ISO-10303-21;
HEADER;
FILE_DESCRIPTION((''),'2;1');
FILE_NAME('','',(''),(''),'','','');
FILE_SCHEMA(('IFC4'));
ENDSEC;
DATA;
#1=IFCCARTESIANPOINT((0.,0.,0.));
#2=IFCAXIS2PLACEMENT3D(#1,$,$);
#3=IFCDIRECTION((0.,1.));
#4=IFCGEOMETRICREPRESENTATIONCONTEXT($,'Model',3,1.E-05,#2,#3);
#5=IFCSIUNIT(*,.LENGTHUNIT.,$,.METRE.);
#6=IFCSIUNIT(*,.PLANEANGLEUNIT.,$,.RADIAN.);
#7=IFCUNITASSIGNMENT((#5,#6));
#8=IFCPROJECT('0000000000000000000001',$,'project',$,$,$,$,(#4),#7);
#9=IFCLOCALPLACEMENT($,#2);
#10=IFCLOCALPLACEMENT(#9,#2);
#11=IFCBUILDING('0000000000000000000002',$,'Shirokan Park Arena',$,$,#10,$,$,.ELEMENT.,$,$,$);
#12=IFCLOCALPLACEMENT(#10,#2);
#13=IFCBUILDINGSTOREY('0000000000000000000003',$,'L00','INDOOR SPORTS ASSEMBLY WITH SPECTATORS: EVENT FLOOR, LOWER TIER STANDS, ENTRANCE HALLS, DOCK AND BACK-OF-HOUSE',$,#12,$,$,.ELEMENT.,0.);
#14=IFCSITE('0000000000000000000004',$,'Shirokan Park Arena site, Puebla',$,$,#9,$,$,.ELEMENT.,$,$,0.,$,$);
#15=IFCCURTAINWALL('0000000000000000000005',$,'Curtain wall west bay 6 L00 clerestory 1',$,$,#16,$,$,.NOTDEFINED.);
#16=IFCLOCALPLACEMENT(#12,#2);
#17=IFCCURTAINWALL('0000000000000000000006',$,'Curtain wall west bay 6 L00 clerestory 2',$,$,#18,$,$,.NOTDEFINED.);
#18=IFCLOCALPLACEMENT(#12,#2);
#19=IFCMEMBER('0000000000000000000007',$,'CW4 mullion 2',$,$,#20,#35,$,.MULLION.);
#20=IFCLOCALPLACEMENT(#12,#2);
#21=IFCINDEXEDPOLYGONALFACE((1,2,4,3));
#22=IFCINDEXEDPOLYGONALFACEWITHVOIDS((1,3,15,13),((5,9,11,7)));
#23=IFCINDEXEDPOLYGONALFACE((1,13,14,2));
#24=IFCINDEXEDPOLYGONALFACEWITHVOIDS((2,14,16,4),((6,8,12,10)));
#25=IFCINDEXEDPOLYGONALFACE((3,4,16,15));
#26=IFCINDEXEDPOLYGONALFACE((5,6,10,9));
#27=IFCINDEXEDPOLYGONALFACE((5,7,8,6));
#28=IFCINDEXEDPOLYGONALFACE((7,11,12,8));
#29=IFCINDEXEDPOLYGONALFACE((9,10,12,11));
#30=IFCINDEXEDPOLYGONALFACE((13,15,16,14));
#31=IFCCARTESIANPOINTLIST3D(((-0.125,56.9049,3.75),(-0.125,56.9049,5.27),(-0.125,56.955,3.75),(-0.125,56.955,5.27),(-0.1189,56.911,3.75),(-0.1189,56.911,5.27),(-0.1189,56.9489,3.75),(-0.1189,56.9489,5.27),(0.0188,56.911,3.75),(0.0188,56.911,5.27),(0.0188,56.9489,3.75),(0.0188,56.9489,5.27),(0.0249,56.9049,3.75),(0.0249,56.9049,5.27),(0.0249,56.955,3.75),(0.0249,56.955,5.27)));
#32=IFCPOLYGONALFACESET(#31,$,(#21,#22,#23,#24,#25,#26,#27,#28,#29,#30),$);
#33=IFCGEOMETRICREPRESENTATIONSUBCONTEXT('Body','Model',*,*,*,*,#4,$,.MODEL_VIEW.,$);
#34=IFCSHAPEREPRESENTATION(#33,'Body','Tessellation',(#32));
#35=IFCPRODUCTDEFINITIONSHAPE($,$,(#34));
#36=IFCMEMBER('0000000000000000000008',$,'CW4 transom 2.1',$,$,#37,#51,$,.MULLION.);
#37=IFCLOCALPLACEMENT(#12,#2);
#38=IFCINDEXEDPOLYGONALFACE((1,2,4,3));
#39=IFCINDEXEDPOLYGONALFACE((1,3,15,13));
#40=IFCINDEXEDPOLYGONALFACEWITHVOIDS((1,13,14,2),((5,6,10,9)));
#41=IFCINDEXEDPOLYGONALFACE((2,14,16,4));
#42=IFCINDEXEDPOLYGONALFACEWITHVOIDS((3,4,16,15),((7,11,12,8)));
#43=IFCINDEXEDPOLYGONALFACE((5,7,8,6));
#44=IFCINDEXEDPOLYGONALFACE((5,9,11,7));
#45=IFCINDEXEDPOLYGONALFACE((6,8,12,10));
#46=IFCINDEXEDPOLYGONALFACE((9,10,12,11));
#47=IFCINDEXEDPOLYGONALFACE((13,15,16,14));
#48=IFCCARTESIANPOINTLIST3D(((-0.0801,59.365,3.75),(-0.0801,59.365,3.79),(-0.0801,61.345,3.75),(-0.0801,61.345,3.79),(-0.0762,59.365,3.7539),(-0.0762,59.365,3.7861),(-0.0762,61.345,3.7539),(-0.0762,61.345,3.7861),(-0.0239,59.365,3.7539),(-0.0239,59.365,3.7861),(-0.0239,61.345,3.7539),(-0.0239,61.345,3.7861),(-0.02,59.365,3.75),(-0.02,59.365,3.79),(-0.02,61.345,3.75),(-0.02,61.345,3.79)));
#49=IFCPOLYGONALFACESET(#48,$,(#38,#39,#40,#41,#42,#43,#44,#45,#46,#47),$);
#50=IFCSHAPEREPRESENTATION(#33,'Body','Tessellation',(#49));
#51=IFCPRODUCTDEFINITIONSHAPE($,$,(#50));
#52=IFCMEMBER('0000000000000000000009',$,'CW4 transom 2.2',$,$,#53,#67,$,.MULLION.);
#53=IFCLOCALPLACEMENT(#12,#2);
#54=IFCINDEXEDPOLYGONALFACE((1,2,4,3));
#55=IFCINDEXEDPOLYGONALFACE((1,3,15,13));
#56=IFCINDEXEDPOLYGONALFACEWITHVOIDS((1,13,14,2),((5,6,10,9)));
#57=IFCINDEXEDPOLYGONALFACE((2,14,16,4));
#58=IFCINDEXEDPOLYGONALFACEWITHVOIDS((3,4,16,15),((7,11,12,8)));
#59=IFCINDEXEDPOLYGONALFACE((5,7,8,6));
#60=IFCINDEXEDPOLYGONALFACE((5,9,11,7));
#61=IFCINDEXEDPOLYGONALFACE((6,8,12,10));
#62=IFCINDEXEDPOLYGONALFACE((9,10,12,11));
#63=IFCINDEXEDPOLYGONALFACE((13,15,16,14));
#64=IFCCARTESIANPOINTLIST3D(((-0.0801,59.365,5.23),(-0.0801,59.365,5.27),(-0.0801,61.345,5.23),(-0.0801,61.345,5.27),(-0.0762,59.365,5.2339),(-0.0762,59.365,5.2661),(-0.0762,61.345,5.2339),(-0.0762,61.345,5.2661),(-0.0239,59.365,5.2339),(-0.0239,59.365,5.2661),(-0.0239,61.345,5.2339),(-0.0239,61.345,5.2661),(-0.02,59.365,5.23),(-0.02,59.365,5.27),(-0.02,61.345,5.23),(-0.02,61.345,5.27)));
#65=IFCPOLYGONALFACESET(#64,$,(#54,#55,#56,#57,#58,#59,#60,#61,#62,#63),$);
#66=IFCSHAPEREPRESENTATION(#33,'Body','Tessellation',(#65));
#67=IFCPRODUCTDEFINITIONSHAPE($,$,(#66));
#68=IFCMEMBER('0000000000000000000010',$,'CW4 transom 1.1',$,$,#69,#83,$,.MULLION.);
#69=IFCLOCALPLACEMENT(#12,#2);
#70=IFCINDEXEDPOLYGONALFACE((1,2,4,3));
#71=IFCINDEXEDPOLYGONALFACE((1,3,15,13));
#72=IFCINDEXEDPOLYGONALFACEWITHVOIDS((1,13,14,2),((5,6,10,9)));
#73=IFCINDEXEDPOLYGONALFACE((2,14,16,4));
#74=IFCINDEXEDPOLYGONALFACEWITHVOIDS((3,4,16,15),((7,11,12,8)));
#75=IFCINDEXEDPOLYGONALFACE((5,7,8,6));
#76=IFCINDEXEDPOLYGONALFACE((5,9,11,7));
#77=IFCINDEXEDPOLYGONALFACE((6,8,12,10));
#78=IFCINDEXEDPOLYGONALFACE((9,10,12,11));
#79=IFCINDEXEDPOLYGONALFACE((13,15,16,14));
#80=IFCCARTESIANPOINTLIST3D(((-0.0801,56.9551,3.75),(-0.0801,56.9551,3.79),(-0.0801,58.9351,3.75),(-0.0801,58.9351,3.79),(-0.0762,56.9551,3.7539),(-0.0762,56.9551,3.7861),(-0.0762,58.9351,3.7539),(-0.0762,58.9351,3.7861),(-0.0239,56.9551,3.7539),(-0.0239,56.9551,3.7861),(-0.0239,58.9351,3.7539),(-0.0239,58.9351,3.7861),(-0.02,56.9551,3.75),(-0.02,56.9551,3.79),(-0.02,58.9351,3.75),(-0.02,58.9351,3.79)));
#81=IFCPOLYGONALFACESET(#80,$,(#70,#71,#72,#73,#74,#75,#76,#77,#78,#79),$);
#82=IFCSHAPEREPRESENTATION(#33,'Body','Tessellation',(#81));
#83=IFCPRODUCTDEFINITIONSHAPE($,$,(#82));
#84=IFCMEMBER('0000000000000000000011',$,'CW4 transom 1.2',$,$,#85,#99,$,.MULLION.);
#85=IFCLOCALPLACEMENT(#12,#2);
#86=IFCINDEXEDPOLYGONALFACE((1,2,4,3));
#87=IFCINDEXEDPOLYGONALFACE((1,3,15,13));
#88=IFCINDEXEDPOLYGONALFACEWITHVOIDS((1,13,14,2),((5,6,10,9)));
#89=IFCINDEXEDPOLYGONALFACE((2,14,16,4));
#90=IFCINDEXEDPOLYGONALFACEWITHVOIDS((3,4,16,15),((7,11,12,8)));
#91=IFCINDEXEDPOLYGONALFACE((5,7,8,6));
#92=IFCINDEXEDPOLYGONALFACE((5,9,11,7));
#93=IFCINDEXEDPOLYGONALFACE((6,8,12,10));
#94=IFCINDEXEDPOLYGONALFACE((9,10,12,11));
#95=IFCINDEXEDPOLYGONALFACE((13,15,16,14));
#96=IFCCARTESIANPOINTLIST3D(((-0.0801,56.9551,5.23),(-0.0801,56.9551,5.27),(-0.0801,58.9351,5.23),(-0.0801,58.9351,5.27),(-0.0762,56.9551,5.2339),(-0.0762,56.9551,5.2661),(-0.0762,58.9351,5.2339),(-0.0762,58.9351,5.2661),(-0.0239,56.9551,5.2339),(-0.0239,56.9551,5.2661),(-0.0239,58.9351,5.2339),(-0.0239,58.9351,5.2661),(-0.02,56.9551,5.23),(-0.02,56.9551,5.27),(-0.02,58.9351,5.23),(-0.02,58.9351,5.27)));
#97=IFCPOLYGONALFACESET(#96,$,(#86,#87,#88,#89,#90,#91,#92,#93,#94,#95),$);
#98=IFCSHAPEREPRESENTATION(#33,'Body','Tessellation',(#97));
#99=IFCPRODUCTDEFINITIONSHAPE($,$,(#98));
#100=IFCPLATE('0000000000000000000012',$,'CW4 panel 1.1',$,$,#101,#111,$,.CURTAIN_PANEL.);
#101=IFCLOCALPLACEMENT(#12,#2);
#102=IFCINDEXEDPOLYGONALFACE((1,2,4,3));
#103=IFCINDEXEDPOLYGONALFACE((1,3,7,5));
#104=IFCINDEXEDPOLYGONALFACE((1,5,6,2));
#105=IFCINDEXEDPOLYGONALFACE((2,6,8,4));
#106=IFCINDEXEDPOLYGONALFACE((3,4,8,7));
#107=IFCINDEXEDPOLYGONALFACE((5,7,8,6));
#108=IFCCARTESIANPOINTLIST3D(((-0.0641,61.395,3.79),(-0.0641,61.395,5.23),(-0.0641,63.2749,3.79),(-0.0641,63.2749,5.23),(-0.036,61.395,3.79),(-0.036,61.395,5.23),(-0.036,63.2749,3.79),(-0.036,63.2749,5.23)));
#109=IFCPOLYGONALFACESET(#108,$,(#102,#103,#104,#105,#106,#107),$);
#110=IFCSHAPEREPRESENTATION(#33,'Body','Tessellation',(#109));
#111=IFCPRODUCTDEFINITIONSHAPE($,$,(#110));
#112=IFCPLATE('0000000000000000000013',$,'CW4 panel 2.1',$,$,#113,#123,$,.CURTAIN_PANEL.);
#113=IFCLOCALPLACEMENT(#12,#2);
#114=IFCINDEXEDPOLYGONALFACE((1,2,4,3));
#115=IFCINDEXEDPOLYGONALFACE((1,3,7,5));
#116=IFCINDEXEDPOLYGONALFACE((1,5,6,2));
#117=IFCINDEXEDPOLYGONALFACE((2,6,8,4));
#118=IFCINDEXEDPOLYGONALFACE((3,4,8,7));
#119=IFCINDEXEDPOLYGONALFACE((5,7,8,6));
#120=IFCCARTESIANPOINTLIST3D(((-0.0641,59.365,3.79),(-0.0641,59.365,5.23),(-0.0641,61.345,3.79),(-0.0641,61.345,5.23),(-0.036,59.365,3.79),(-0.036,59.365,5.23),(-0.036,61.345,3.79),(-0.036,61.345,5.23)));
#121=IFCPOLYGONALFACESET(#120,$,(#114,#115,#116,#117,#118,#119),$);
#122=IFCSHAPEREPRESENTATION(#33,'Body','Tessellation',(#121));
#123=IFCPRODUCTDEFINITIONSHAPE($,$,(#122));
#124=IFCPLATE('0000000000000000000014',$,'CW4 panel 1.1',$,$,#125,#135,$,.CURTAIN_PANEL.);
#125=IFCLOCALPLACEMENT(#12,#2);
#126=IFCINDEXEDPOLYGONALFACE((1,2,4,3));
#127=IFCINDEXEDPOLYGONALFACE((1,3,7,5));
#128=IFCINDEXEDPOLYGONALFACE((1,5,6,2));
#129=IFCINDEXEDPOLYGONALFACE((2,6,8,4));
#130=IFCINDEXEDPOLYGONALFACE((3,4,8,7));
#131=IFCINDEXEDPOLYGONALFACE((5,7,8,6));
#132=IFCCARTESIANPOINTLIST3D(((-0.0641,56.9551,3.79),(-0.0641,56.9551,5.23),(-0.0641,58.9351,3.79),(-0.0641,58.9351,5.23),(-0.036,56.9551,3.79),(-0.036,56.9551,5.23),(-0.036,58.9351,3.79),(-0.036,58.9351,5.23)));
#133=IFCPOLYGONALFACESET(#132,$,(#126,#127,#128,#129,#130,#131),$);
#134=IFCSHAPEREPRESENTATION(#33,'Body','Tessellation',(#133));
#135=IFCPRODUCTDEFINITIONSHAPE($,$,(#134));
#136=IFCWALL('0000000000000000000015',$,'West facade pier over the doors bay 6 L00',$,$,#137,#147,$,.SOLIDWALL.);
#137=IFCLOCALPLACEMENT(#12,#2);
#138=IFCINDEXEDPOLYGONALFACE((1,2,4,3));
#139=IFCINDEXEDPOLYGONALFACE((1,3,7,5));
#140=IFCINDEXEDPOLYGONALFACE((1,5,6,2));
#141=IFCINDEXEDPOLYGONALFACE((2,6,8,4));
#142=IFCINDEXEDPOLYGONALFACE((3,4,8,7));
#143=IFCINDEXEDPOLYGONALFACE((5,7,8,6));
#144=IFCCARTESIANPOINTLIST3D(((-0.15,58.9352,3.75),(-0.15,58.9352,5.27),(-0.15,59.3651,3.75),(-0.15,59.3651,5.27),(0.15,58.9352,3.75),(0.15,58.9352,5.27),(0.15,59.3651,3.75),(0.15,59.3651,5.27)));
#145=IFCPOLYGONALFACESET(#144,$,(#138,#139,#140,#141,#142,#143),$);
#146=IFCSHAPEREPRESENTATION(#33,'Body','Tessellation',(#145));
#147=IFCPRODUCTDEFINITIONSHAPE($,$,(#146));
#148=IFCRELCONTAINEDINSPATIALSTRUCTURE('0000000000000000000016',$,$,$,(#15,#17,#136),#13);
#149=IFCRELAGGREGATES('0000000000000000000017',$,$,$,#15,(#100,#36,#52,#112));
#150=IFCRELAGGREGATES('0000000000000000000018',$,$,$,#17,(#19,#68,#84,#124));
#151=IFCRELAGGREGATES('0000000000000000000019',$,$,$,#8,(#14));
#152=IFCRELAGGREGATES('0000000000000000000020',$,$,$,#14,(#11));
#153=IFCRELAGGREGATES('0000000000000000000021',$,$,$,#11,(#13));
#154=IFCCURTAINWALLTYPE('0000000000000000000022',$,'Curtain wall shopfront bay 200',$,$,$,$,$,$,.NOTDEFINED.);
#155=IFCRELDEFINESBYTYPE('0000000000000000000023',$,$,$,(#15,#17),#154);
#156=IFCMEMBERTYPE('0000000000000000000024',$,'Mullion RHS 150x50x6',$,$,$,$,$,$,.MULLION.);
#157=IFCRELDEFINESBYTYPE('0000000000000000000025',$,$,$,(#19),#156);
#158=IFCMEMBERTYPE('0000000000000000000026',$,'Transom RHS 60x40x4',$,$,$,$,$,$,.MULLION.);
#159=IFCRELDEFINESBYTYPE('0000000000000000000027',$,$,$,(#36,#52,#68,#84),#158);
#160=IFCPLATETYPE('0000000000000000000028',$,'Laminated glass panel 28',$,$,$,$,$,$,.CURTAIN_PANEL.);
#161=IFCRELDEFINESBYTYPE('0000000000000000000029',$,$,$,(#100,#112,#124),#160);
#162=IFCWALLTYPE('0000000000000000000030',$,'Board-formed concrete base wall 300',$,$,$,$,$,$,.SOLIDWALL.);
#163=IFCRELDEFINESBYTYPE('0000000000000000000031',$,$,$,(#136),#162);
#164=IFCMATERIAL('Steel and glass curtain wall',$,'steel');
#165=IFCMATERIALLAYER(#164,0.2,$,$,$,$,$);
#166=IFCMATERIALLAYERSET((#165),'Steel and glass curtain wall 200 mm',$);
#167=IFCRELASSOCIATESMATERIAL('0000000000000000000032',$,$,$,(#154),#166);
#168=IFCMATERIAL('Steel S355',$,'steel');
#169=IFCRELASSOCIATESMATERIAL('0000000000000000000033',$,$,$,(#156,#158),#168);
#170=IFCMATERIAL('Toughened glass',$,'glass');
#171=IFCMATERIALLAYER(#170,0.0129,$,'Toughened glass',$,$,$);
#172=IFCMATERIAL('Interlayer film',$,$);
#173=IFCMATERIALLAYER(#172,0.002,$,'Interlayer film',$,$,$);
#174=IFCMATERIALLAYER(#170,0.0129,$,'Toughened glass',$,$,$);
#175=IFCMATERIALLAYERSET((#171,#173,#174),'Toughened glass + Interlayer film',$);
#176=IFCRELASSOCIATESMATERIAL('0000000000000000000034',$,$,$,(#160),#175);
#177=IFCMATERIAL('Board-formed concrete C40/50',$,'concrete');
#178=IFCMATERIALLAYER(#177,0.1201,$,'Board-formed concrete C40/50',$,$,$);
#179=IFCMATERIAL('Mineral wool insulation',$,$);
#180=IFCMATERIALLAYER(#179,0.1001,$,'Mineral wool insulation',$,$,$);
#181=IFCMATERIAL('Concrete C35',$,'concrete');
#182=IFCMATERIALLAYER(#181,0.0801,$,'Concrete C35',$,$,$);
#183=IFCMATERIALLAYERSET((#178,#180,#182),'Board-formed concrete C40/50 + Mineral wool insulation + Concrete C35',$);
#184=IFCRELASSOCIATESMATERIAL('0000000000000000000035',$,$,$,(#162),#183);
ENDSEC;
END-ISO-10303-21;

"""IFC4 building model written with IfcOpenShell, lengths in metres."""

from ifc_helpers import new_model, si_unit, direction, frame, frame_2d, origin, origin_2d, place, context, subcontext, project, spatial, rectangle, hollow_rectangle, extrude, material, layer, layer_set, material_profile, profile_set, type_object, element, aggregate, save


model = new_model("IFC4")

# Units and contexts
model_context = context("Model", 3, precision=1e-05, world=origin(), true_north=direction((0.0, 1.0)))
body_context = subcontext(model_context, "Body", "Model", "MODEL_VIEW")
ifc_project = project(units=[si_unit("LENGTHUNIT", "METRE"), si_unit("PLANEANGLEUNIT", "RADIAN")], contexts=[model_context])

# Site, building, storey
site_placement = place(None, origin())
site = spatial("IfcSite", under=ifc_project, at=site_placement, Name="Shirokan Park Arena site, Puebla", CompositionType="ELEMENT", RefElevation=0.0)
building_placement = place(site_placement, origin())
building = spatial("IfcBuilding", under=site, at=building_placement, Name="Shirokan Park Arena", CompositionType="ELEMENT")
storey_placement = place(building_placement, origin())
storey = spatial("IfcBuildingStorey", under=building, at=storey_placement, Name="L00", Description="INDOOR SPORTS ASSEMBLY WITH SPECTATORS: EVENT FLOOR, LOWER TIER STANDS, ENTRANCE HALLS, DOCK AND BACK-OF-HOUSE", CompositionType="ELEMENT", Elevation=0.0)

# Shared definitions
ifc_material_1 = material(Name="Concrete C35", Category="concrete")

# Curtain walls, member
ifc_material_2 = material(Name="Steel and glass curtain wall", Category="steel")
ifc_layer_1 = layer(ifc_material_2, 0.2)
ifc_layer_set_1 = layer_set([ifc_layer_1], Name="Steel and glass curtain wall 200 mm")
curtain_wall_type = type_object("IfcCurtainWallType", Name="Curtain wall shopfront bay 200", PredefinedType="NOTDEFINED", material=ifc_layer_set_1)
curtain_wall_1_placement = place(storey_placement, origin())
curtain_wall_1 = element("IfcCurtainWall", 1, at=curtain_wall_1_placement, inside=storey, type_object=curtain_wall_type, Name="Curtain wall west bay 6 L00 clerestory 1", PredefinedType="NOTDEFINED")
ifc_material_3 = material(Name="Steel S355", Category="steel")
ifc_material_profile_1 = material_profile(ifc_material_3, hollow_rectangle(XDim=0.1499, YDim=0.05, WallThickness=0.0061, at=origin_2d()), Name="RHS 150x50x6")
ifc_profile_set_1 = profile_set([ifc_material_profile_1], Name="Steel S355")
member_type_1 = type_object("IfcMemberType", Name="Mullion RHS 150x50x6", PredefinedType="MULLION", material=ifc_profile_set_1)
curtain_wall_2_placement = place(storey_placement, origin())
curtain_wall_2 = element("IfcCurtainWall", 2, at=curtain_wall_2_placement, inside=storey, type_object=curtain_wall_type, Name="Curtain wall west bay 6 L00 clerestory 2", PredefinedType="NOTDEFINED")
member_1_placement = place(storey_placement, frame((-0.05, 56.9299, 3.75), z_axis=(0.0, 0.0, 1.0), x_axis=(1.0, 0.0, 0.0)))
member_1 = element("IfcMember", 3, at=member_1_placement, type_object=member_type_1, Name="CW4 mullion 2", PredefinedType="MULLION", context=body_context, shape_type="SweptSolid", body=[
    extrude(hollow_rectangle(XDim=0.1499, YDim=0.05, WallThickness=0.0061, at=origin_2d()), origin(), (0.0, 0.0, 1.0), 1.52),
])

# Members
ifc_material_profile_2 = material_profile(ifc_material_3, hollow_rectangle(XDim=0.0601, YDim=0.04, WallThickness=0.0039, at=origin_2d()), Name="RHS 60x40x4")
ifc_profile_set_2 = profile_set([ifc_material_profile_2], Name="Steel S355")
member_type_2 = type_object("IfcMemberType", Name="Transom RHS 60x40x4", PredefinedType="MULLION", material=ifc_profile_set_2)
member_2_placement = place(storey_placement, frame((-0.05, 61.345, 3.77), z_axis=(0.0, -1.0, 0.0), x_axis=(1.0, 0.0, 0.0)))
member_2 = element("IfcMember", 4, at=member_2_placement, type_object=member_type_2, Name="CW4 transom 2.1", PredefinedType="MULLION", context=body_context, shape_type="SweptSolid", body=[
    extrude(hollow_rectangle(XDim=0.0601, YDim=0.04, WallThickness=0.0039, at=origin_2d()), origin(), (0.0, 0.0, 1.0), 1.98),
])
member_3_placement = place(storey_placement, frame((-0.05, 61.345, 5.25), z_axis=(0.0, -1.0, 0.0), x_axis=(1.0, 0.0, 0.0)))
member_3 = element("IfcMember", 5, at=member_3_placement, type_object=member_type_2, Name="CW4 transom 2.2", PredefinedType="MULLION", context=body_context, shape_type="SweptSolid", body=[
    extrude(hollow_rectangle(XDim=0.0601, YDim=0.04, WallThickness=0.0039, at=origin_2d()), origin(), (0.0, 0.0, 1.0), 1.98),
])
member_4_placement = place(storey_placement, frame((-0.05, 58.9351, 3.77), z_axis=(0.0, -1.0, 0.0), x_axis=(1.0, 0.0, 0.0)))
member_4 = element("IfcMember", 6, at=member_4_placement, type_object=member_type_2, Name="CW4 transom 1.1", PredefinedType="MULLION", context=body_context, shape_type="SweptSolid", body=[
    extrude(hollow_rectangle(XDim=0.0601, YDim=0.04, WallThickness=0.0039, at=origin_2d()), origin(), (0.0, 0.0, 1.0), 1.98),
])
member_5_placement = place(storey_placement, frame((-0.05, 58.9351, 5.25), z_axis=(0.0, -1.0, 0.0), x_axis=(1.0, 0.0, 0.0)))
member_5 = element("IfcMember", 7, at=member_5_placement, type_object=member_type_2, Name="CW4 transom 1.2", PredefinedType="MULLION", context=body_context, shape_type="SweptSolid", body=[
    extrude(hollow_rectangle(XDim=0.0601, YDim=0.04, WallThickness=0.0039, at=origin_2d()), origin(), (0.0, 0.0, 1.0), 1.98),
])

# Plates
ifc_material_4 = material(Name="Toughened glass", Category="glass")
ifc_layer_2 = layer(ifc_material_4, 0.0129, Name="Toughened glass")
ifc_material_5 = material(Name="Interlayer film")
ifc_layer_3 = layer(ifc_material_5, 0.002, Name="Interlayer film")
ifc_layer_4 = layer(ifc_material_4, 0.0129, Name="Toughened glass")
ifc_layer_set_2 = layer_set([ifc_layer_2, ifc_layer_3, ifc_layer_4], Name="Toughened glass + Interlayer film")
plate_type = type_object("IfcPlateType", Name="Laminated glass panel 28", PredefinedType="CURTAIN_PANEL", material=ifc_layer_set_2)
plate_1_placement = place(storey_placement, frame((-0.05, 62.335, 3.79), z_axis=(0.0, 0.0, 1.0), x_axis=(0.0, -1.0, 0.0)))
plate_1 = element("IfcPlate", 8, at=plate_1_placement, type_object=plate_type, Name="CW4 panel 1.1", PredefinedType="CURTAIN_PANEL", context=body_context, shape_type="SweptSolid", body=[
    extrude(rectangle(XDim=1.8799, YDim=0.0281, at=origin_2d()), origin(), (0.0, 0.0, 1.0), 1.4399),
])
plate_2_placement = place(storey_placement, frame((-0.05, 60.355, 3.79), z_axis=(0.0, 0.0, 1.0), x_axis=(0.0, -1.0, 0.0)))
plate_2 = element("IfcPlate", 9, at=plate_2_placement, type_object=plate_type, Name="CW4 panel 2.1", PredefinedType="CURTAIN_PANEL", context=body_context, shape_type="SweptSolid", body=[
    extrude(rectangle(XDim=1.98, YDim=0.0281, at=origin_2d()), origin(), (0.0, 0.0, 1.0), 1.4399),
])
aggregate(curtain_wall_1, [plate_1, member_2, member_3, plate_2])
plate_3_placement = place(storey_placement, frame((-0.05, 57.9451, 3.79), z_axis=(0.0, 0.0, 1.0), x_axis=(0.0, -1.0, 0.0)))
plate_3 = element("IfcPlate", 10, at=plate_3_placement, type_object=plate_type, Name="CW4 panel 1.1", PredefinedType="CURTAIN_PANEL", context=body_context, shape_type="SweptSolid", body=[
    extrude(rectangle(XDim=1.98, YDim=0.0281, at=origin_2d()), origin(), (0.0, 0.0, 1.0), 1.4399),
])
aggregate(curtain_wall_2, [member_1, member_4, member_5, plate_3])

# Wall
ifc_material_6 = material(Name="Board-formed concrete C40/50", Category="concrete")
ifc_layer_5 = layer(ifc_material_6, 0.1201, Name="Board-formed concrete C40/50")
ifc_material_7 = material(Name="Mineral wool insulation")
ifc_layer_6 = layer(ifc_material_7, 0.1001, Name="Mineral wool insulation")
ifc_layer_7 = layer(ifc_material_1, 0.0801, Name="Concrete C35")
ifc_layer_set_3 = layer_set([ifc_layer_5, ifc_layer_6, ifc_layer_7], Name="Board-formed concrete C40/50 + Mineral wool insulation + Concrete C35")
wall_type_1 = type_object("IfcWallType", Name="Board-formed concrete base wall 300", PredefinedType="SOLIDWALL", material=ifc_layer_set_3)
wall_1_placement = place(storey_placement, frame((0.0, 59.365, 3.75), z_axis=(0.0, 0.0, 1.0), x_axis=(0.0, -1.0, 0.0)))
element("IfcWall", 11, at=wall_1_placement, inside=storey, type_object=wall_type_1, Name="West facade pier over the doors bay 6 L00", PredefinedType="SOLIDWALL", context=body_context, shape_type="SweptSolid", body=[
    extrude(rectangle(XDim=0.4299, YDim=0.3, at=frame_2d((0.2148, 0.0))), origin(), (0.0, 0.0, 1.0), 1.52),
])

save(model, "model.ifc")
